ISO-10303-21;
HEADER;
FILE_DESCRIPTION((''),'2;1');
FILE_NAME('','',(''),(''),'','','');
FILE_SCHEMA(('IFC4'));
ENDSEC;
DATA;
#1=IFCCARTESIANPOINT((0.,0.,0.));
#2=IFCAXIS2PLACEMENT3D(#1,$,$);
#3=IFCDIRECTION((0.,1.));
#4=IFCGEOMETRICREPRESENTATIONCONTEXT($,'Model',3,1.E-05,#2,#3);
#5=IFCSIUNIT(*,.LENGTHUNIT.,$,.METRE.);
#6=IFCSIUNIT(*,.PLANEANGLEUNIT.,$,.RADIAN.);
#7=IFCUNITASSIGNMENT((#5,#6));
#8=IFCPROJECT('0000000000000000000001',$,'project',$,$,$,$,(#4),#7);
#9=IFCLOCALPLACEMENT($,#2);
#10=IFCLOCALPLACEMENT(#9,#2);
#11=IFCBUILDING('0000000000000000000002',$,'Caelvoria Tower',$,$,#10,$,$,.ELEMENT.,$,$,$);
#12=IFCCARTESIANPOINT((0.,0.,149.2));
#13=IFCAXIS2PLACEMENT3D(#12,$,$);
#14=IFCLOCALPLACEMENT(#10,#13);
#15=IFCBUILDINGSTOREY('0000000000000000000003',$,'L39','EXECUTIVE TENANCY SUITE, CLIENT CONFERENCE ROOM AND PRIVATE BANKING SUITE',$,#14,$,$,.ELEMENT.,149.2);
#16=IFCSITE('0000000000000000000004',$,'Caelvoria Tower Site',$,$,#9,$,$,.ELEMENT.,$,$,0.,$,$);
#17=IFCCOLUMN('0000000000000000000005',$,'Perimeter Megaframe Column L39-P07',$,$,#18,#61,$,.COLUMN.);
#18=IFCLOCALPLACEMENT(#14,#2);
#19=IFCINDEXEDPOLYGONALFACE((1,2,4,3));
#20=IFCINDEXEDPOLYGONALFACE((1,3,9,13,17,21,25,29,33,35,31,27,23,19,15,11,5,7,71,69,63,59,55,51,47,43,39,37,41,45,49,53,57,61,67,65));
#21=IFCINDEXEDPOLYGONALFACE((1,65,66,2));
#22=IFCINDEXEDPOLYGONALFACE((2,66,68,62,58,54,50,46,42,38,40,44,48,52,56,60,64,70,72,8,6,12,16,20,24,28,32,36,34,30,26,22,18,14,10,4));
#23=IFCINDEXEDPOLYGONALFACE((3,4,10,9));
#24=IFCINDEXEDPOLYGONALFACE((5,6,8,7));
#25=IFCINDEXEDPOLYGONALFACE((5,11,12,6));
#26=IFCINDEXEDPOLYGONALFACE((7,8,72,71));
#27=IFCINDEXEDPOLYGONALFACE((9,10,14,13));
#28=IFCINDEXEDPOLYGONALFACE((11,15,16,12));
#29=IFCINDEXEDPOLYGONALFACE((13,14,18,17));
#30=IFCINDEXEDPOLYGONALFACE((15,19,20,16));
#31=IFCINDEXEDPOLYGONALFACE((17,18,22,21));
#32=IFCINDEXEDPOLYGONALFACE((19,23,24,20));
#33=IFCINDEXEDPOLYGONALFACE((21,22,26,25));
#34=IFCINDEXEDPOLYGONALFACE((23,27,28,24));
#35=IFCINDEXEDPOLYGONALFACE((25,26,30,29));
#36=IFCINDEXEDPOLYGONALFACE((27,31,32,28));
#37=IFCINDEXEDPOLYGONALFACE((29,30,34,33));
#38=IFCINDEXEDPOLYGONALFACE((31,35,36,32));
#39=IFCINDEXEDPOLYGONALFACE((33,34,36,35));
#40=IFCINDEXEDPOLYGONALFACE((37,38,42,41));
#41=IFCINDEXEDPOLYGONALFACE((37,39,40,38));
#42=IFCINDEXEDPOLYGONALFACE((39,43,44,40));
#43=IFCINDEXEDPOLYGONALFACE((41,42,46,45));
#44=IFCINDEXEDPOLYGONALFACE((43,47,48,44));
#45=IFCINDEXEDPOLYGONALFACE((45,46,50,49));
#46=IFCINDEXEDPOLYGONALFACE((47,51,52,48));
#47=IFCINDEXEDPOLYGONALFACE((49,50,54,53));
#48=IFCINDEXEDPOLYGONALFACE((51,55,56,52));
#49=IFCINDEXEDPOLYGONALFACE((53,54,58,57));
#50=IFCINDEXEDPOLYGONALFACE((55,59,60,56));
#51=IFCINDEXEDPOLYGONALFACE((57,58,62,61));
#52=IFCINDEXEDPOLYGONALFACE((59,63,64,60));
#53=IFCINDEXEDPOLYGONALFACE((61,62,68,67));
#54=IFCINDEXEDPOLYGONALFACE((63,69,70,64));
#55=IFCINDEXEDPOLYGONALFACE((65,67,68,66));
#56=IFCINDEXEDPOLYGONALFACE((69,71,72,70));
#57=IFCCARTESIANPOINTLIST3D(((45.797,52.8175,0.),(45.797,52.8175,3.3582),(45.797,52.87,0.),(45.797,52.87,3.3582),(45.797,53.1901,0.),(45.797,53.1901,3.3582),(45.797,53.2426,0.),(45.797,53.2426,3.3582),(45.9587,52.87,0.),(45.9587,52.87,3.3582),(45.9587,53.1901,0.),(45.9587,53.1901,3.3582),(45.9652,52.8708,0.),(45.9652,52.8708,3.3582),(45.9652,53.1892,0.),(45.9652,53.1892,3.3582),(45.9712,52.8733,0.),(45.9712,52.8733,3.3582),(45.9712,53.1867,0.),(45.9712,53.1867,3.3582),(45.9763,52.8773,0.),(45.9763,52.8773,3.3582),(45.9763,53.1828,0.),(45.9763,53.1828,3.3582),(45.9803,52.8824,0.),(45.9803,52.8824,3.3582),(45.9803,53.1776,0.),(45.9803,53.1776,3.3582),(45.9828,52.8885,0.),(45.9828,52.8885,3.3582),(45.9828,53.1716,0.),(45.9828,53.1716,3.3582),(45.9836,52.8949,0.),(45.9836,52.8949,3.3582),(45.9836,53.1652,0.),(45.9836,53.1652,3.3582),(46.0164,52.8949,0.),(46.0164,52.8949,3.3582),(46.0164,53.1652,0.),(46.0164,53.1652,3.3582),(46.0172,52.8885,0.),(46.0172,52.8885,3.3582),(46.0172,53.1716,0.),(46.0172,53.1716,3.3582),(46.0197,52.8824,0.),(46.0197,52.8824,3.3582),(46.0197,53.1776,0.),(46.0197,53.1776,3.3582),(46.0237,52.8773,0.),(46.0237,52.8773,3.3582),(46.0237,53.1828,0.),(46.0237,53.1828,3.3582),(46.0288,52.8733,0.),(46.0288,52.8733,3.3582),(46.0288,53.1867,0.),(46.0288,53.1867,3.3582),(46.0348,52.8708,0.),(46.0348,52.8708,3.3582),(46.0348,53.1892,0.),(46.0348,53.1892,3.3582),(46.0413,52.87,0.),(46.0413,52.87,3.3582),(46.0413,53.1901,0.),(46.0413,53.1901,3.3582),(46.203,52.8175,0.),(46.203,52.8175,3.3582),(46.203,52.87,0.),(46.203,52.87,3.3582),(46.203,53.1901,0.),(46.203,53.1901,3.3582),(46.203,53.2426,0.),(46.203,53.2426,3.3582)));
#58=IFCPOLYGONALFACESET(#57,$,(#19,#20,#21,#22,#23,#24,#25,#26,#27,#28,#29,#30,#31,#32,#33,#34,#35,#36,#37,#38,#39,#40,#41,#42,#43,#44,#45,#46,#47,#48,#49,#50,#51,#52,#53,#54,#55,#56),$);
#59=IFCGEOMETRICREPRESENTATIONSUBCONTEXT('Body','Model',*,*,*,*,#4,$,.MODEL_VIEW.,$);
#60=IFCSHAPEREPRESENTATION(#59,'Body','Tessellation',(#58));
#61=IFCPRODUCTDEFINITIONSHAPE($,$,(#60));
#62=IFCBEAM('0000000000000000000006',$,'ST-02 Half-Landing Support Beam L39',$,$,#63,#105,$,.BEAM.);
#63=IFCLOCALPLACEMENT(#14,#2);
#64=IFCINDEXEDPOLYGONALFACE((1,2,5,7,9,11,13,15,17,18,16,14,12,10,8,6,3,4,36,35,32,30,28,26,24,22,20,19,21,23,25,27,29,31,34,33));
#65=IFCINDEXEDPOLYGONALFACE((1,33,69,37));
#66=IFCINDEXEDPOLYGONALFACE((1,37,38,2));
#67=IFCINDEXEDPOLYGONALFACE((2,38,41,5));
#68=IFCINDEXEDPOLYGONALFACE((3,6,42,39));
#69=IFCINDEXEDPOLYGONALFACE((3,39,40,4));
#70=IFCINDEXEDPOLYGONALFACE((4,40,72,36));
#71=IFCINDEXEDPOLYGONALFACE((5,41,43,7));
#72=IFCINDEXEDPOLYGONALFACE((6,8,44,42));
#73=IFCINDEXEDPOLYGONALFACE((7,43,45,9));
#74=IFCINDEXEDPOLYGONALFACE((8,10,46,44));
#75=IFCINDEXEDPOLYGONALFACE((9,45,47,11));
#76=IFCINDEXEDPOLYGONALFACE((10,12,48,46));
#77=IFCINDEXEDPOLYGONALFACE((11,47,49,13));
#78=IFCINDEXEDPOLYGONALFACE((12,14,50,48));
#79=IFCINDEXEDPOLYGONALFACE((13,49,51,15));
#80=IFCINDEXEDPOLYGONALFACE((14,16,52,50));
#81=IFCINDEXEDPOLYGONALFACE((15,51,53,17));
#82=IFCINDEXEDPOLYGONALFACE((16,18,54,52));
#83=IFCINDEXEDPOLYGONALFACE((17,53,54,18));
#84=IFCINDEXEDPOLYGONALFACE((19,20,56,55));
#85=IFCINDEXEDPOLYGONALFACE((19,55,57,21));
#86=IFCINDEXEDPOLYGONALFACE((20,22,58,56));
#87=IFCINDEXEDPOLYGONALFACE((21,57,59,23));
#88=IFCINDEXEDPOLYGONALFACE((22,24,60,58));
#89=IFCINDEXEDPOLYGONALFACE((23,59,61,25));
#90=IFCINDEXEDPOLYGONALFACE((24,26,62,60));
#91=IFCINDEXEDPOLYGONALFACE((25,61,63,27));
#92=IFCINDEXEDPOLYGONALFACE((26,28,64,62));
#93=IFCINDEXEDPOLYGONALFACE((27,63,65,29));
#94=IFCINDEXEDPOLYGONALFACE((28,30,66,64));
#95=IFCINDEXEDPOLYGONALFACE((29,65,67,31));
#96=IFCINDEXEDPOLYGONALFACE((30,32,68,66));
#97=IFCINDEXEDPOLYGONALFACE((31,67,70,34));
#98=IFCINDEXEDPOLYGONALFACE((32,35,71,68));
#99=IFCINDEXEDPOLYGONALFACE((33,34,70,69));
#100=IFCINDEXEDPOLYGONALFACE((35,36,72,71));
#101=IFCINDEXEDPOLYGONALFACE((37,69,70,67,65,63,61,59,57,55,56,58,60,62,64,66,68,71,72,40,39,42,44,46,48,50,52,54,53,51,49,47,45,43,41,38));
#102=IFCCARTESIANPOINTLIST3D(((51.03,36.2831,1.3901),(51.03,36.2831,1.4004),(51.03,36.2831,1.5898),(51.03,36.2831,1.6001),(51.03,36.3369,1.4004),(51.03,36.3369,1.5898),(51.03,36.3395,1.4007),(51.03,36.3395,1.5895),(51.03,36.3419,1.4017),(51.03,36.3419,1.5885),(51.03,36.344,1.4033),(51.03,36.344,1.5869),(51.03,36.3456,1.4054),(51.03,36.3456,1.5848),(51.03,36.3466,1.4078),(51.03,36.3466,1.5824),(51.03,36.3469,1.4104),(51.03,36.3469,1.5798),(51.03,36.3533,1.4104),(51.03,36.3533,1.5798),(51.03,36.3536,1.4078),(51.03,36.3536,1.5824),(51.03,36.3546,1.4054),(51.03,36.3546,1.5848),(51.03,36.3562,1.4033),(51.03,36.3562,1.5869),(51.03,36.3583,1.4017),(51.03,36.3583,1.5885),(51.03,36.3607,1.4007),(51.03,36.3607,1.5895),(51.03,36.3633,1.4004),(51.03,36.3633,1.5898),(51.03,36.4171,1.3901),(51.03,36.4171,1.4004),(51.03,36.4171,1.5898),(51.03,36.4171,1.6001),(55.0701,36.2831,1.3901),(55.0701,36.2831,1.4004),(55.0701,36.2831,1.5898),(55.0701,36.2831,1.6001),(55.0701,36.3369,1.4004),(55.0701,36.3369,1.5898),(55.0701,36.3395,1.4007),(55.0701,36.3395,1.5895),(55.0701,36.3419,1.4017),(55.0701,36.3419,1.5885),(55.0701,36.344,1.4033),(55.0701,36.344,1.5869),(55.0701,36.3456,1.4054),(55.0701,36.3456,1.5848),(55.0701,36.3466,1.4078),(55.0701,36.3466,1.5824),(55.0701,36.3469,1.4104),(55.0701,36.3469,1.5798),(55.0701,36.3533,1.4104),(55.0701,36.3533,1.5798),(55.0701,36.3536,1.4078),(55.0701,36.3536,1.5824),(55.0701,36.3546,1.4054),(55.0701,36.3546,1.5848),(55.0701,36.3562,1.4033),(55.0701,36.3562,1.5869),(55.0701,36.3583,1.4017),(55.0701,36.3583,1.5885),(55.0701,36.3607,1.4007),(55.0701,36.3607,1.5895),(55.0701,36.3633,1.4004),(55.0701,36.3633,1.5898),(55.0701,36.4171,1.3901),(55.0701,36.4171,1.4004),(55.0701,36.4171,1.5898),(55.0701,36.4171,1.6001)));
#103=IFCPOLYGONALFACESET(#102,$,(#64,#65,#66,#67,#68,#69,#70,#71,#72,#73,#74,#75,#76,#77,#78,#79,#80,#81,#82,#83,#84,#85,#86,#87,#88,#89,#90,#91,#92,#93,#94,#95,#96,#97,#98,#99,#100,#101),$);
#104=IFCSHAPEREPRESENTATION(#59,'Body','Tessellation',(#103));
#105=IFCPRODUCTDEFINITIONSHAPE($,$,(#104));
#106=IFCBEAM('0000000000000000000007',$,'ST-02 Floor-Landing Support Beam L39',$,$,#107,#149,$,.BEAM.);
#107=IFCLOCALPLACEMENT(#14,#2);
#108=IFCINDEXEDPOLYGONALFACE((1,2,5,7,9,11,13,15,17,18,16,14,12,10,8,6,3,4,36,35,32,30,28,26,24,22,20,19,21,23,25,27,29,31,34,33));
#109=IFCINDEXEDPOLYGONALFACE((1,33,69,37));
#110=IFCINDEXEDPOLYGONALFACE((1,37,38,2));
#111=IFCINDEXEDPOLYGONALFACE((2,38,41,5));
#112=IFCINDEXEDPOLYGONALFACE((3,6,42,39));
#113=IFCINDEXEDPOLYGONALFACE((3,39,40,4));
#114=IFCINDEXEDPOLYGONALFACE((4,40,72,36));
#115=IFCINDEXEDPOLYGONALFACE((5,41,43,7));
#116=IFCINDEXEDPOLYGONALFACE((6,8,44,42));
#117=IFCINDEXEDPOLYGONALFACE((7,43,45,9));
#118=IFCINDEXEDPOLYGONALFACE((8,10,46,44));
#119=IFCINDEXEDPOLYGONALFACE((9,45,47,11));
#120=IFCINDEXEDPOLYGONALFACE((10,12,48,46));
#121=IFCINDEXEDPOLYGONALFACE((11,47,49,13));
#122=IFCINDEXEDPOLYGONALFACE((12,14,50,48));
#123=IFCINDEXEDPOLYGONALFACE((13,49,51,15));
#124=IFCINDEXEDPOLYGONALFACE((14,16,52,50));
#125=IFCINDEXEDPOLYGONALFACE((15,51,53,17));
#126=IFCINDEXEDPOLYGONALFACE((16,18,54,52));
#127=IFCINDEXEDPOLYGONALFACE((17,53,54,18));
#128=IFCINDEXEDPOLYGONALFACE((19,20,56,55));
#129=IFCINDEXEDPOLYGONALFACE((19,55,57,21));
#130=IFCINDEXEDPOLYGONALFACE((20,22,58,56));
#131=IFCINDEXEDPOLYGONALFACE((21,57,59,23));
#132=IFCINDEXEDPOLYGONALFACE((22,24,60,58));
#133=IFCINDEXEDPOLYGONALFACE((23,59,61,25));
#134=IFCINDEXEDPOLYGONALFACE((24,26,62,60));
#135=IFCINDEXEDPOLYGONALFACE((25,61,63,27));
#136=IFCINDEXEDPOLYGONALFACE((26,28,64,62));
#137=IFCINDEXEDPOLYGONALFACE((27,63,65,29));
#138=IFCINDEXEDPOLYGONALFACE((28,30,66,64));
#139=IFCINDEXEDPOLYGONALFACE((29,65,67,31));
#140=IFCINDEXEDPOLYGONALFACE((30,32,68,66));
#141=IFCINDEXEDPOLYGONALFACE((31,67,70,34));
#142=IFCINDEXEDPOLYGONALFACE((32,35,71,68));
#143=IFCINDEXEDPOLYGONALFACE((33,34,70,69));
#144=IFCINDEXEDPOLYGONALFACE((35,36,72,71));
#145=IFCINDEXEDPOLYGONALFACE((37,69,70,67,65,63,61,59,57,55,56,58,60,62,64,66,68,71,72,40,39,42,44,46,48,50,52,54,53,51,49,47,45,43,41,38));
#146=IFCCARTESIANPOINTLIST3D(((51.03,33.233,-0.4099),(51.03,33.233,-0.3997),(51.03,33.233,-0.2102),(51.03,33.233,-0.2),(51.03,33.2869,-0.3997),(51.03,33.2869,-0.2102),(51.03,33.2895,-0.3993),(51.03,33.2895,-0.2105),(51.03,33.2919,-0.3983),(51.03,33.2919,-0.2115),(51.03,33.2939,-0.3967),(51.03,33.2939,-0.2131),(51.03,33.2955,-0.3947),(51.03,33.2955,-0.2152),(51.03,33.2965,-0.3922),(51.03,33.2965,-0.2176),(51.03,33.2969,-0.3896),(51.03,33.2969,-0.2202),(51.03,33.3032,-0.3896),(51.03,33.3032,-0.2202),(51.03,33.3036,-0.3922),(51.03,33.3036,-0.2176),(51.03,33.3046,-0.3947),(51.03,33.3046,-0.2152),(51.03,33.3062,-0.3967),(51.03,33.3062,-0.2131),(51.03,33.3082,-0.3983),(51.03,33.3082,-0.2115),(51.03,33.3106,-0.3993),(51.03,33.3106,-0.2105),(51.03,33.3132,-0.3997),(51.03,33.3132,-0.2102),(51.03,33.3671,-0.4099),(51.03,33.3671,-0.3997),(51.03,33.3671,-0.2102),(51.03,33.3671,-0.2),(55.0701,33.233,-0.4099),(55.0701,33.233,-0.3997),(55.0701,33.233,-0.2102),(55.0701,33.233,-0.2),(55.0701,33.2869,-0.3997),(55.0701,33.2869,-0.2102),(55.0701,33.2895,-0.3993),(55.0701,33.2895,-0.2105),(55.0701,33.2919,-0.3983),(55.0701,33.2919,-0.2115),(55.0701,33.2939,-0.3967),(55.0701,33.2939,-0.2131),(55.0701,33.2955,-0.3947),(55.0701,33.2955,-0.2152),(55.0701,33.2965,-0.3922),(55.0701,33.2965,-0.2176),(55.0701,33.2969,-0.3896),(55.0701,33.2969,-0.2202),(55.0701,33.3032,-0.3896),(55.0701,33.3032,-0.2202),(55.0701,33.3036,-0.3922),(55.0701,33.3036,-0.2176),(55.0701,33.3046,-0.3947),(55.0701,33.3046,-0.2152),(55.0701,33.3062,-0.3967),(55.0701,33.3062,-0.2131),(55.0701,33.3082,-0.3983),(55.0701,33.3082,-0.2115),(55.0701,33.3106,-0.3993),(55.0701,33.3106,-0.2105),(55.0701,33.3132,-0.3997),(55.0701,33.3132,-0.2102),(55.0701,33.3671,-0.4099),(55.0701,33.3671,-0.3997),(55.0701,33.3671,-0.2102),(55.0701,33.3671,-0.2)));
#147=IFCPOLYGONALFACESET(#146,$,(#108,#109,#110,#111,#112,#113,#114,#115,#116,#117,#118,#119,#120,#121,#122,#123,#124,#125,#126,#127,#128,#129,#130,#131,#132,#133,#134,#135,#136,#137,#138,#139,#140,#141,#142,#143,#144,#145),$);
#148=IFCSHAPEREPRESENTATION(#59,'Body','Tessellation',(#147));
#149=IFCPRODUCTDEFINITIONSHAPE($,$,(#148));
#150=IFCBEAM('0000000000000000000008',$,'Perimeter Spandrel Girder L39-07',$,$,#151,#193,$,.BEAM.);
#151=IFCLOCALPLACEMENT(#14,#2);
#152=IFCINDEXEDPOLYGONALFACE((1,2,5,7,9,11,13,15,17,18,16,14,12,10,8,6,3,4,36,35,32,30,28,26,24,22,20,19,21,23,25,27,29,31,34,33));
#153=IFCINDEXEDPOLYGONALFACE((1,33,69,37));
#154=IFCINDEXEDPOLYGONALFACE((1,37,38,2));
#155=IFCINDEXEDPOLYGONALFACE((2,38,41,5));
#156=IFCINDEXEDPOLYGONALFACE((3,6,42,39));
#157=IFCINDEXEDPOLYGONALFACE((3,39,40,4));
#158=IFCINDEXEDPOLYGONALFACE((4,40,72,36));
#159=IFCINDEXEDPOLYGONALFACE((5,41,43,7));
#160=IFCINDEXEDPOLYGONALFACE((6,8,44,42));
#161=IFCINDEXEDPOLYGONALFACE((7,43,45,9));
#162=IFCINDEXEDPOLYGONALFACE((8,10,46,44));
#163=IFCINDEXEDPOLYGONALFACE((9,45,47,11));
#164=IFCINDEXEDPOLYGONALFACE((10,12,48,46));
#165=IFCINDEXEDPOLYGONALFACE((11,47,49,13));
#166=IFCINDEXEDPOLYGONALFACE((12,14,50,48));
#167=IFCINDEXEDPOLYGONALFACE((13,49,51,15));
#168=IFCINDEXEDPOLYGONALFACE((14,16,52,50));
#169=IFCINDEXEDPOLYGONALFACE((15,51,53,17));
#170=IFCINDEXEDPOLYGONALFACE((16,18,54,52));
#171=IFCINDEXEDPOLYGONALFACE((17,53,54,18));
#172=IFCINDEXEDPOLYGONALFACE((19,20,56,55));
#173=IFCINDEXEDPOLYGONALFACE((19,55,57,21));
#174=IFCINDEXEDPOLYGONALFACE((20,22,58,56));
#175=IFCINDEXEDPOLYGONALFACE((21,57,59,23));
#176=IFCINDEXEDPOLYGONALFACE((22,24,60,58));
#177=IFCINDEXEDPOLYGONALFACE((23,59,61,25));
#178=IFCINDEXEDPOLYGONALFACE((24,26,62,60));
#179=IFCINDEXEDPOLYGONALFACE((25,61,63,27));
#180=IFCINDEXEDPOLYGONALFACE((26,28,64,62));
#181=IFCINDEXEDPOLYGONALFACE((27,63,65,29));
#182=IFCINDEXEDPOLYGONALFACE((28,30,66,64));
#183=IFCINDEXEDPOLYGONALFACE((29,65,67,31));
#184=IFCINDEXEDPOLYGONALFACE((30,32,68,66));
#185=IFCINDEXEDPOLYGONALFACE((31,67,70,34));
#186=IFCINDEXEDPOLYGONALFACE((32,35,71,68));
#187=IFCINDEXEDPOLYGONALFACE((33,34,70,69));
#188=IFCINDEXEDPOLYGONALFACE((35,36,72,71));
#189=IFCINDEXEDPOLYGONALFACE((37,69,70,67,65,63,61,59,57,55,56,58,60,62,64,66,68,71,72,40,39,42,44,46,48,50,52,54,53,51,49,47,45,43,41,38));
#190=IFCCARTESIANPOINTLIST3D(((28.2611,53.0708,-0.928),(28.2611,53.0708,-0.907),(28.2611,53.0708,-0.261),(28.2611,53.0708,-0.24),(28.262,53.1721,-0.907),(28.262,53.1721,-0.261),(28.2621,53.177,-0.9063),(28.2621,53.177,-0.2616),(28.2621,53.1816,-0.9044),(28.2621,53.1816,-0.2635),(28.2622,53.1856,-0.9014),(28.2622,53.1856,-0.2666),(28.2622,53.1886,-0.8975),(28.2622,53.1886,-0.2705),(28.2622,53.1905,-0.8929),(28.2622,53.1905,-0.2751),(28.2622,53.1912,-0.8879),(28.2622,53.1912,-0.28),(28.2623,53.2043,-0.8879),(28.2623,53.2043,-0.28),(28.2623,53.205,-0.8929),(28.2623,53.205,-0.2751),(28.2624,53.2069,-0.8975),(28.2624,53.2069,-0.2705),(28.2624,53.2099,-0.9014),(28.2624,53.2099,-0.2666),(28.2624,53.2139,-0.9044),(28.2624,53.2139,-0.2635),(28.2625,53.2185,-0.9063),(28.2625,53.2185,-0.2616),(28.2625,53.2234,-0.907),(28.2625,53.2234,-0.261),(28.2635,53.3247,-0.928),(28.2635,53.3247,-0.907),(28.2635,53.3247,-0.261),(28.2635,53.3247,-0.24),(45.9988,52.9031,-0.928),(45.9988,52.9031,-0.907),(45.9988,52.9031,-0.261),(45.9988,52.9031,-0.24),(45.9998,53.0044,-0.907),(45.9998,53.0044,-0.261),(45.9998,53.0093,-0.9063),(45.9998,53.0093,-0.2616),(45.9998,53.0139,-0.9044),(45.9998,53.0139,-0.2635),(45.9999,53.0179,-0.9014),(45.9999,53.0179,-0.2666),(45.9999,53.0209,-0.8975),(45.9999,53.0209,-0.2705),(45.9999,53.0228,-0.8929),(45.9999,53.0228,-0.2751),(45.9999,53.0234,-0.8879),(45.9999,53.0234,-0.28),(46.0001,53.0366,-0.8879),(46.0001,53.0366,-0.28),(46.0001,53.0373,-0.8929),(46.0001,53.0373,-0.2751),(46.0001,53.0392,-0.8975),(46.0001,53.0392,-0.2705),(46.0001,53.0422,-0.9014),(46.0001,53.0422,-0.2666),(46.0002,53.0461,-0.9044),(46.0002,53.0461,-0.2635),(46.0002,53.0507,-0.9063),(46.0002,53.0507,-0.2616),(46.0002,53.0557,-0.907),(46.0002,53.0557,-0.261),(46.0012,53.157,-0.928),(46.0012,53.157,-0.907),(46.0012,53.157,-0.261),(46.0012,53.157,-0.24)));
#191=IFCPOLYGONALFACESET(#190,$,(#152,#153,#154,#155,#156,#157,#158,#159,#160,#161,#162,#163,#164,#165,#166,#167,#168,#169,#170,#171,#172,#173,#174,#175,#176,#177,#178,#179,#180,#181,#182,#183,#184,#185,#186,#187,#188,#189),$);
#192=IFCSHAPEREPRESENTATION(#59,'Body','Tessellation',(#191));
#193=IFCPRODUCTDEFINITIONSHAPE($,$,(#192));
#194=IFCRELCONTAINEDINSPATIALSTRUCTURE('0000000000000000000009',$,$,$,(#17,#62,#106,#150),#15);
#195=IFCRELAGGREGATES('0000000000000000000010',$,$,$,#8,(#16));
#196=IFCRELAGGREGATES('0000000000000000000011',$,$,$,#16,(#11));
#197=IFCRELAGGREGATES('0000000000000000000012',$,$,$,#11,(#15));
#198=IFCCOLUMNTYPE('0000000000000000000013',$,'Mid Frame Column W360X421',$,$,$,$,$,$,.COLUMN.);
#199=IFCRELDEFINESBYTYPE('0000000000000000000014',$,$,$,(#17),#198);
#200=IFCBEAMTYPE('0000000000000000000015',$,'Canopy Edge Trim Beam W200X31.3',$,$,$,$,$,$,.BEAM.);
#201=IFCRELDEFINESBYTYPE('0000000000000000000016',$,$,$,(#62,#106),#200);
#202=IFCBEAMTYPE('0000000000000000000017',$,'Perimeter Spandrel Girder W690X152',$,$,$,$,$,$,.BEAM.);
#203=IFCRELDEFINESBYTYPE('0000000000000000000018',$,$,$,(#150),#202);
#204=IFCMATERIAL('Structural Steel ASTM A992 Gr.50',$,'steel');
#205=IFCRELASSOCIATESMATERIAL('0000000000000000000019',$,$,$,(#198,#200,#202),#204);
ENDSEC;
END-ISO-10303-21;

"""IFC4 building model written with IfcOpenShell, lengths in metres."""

from ifc_helpers import new_model, si_unit, direction, frame, origin, origin_2d, place, context, subcontext, project, spatial, i_section, extrude, material, material_profile, profile_set, type_object, element, save


model = new_model("IFC4")

# Units and contexts
model_context = context("Model", 3, precision=1e-05, world=origin(), true_north=direction((0.0, 1.0)))
body_context = subcontext(model_context, "Body", "Model", "MODEL_VIEW")
ifc_project = project(units=[si_unit("LENGTHUNIT", "METRE"), si_unit("PLANEANGLEUNIT", "RADIAN")], contexts=[model_context])

# Site, building, storey
site_placement = place(None, origin())
site = spatial("IfcSite", under=ifc_project, at=site_placement, Name="Caelvoria Tower Site", CompositionType="ELEMENT", RefElevation=0.0)
building_placement = place(site_placement, origin())
building = spatial("IfcBuilding", under=site, at=building_placement, Name="Caelvoria Tower", CompositionType="ELEMENT")
storey_placement = place(building_placement, frame((0.0, 0.0, 149.2)))
storey = spatial("IfcBuildingStorey", under=building, at=storey_placement, Name="L39", Description="EXECUTIVE TENANCY SUITE, CLIENT CONFERENCE ROOM AND PRIVATE BANKING SUITE", CompositionType="ELEMENT", Elevation=149.2)

# Column
ifc_material_1 = material(Name="Structural Steel ASTM A992 Gr.50", Category="steel")
ifc_material_profile_1 = material_profile(ifc_material_1, i_section(OverallWidth=0.406, OverallDepth=0.425, WebThickness=0.0327, FlangeThickness=0.0525, FilletRadius=0.0249, at=origin_2d()), Name="Structural Steel ASTM A992 Gr.50")
ifc_profile_set_1 = profile_set([ifc_material_profile_1], Name="W360X421 - Structural Steel ASTM A992 Gr.50")
column_type = type_object("IfcColumnType", Name="Mid Frame Column W360X421", PredefinedType="COLUMN", material=ifc_profile_set_1)
column_placement = place(storey_placement, frame((46.0, 53.03, 0.0), z_axis=(0.0, 0.0, 1.0), x_axis=(1.0, 0.0, 0.0)))
element("IfcColumn", 1, at=column_placement, inside=storey, type_object=column_type, Name="Perimeter Megaframe Column L39-P07", PredefinedType="COLUMN", context=body_context, shape_type="SweptSolid", body=[
    extrude(i_section(OverallWidth=0.406, OverallDepth=0.425, WebThickness=0.0327, FlangeThickness=0.0525, FilletRadius=0.0249, at=origin_2d()), origin(), (0.0, 0.0, 1.0), 3.3582),
])

# Beams
ifc_material_profile_2 = material_profile(ifc_material_1, i_section(OverallWidth=0.134, OverallDepth=0.21, WebThickness=0.0063, FlangeThickness=0.0103, FilletRadius=0.01, at=origin_2d()), Name="Structural Steel ASTM A992 Gr.50")
ifc_profile_set_2 = profile_set([ifc_material_profile_2], Name="W200X31.3 - Structural Steel ASTM A992 Gr.50")
beam_type_1 = type_object("IfcBeamType", Name="Canopy Edge Trim Beam W200X31.3", PredefinedType="BEAM", material=ifc_profile_set_2)
for number, where, z_axis, x_axis, name in (
    (2, (51.03, 36.3501, 1.4951), (1.0, 0.0, 0.0), (0.0, 1.0, 0.0), "ST-02 Half-Landing Support Beam L39"),
    (3, (51.03, 33.3, -0.3049), (1.0, 0.0, 0.0), (0.0, 1.0, 0.0), "ST-02 Floor-Landing Support Beam L39"),
):
    element("IfcBeam", number, at=place(storey_placement, frame(where, z_axis=z_axis, x_axis=x_axis)), inside=storey, type_object=beam_type_1, Name=name, PredefinedType="BEAM", context=body_context, shape_type="SweptSolid", body=[
        extrude(i_section(OverallWidth=0.134, OverallDepth=0.21, WebThickness=0.0063, FlangeThickness=0.0103, FilletRadius=0.01, at=origin_2d()), origin(), (0.0, 0.0, 1.0), 4.04),
    ])
ifc_material_profile_3 = material_profile(ifc_material_1, i_section(OverallWidth=0.2539, OverallDepth=0.688, WebThickness=0.0132, FlangeThickness=0.021, FilletRadius=0.019, at=origin_2d()), Name="Structural Steel ASTM A992 Gr.50")
ifc_profile_set_3 = profile_set([ifc_material_profile_3], Name="W690X152 - Structural Steel ASTM A992 Gr.50")
beam_type_2 = type_object("IfcBeamType", Name="Perimeter Spandrel Girder W690X152", PredefinedType="BEAM", material=ifc_profile_set_3)
beam_1_placement = place(storey_placement, frame((46.0, 53.03, -0.584), z_axis=(-0.999955, 0.009455, 0.0), x_axis=(-0.009455, -0.999955, 0.0)))
element("IfcBeam", 4, at=beam_1_placement, inside=storey, type_object=beam_type_2, Name="Perimeter Spandrel Girder L39-07", PredefinedType="BEAM", context=body_context, shape_type="SweptSolid", body=[
    extrude(i_section(OverallWidth=0.2539, OverallDepth=0.688, WebThickness=0.0132, FlangeThickness=0.021, FilletRadius=0.019, at=origin_2d()), origin(), (0.0, 0.0, 1.0), 17.7385),
])

save(model, "model.ifc")
